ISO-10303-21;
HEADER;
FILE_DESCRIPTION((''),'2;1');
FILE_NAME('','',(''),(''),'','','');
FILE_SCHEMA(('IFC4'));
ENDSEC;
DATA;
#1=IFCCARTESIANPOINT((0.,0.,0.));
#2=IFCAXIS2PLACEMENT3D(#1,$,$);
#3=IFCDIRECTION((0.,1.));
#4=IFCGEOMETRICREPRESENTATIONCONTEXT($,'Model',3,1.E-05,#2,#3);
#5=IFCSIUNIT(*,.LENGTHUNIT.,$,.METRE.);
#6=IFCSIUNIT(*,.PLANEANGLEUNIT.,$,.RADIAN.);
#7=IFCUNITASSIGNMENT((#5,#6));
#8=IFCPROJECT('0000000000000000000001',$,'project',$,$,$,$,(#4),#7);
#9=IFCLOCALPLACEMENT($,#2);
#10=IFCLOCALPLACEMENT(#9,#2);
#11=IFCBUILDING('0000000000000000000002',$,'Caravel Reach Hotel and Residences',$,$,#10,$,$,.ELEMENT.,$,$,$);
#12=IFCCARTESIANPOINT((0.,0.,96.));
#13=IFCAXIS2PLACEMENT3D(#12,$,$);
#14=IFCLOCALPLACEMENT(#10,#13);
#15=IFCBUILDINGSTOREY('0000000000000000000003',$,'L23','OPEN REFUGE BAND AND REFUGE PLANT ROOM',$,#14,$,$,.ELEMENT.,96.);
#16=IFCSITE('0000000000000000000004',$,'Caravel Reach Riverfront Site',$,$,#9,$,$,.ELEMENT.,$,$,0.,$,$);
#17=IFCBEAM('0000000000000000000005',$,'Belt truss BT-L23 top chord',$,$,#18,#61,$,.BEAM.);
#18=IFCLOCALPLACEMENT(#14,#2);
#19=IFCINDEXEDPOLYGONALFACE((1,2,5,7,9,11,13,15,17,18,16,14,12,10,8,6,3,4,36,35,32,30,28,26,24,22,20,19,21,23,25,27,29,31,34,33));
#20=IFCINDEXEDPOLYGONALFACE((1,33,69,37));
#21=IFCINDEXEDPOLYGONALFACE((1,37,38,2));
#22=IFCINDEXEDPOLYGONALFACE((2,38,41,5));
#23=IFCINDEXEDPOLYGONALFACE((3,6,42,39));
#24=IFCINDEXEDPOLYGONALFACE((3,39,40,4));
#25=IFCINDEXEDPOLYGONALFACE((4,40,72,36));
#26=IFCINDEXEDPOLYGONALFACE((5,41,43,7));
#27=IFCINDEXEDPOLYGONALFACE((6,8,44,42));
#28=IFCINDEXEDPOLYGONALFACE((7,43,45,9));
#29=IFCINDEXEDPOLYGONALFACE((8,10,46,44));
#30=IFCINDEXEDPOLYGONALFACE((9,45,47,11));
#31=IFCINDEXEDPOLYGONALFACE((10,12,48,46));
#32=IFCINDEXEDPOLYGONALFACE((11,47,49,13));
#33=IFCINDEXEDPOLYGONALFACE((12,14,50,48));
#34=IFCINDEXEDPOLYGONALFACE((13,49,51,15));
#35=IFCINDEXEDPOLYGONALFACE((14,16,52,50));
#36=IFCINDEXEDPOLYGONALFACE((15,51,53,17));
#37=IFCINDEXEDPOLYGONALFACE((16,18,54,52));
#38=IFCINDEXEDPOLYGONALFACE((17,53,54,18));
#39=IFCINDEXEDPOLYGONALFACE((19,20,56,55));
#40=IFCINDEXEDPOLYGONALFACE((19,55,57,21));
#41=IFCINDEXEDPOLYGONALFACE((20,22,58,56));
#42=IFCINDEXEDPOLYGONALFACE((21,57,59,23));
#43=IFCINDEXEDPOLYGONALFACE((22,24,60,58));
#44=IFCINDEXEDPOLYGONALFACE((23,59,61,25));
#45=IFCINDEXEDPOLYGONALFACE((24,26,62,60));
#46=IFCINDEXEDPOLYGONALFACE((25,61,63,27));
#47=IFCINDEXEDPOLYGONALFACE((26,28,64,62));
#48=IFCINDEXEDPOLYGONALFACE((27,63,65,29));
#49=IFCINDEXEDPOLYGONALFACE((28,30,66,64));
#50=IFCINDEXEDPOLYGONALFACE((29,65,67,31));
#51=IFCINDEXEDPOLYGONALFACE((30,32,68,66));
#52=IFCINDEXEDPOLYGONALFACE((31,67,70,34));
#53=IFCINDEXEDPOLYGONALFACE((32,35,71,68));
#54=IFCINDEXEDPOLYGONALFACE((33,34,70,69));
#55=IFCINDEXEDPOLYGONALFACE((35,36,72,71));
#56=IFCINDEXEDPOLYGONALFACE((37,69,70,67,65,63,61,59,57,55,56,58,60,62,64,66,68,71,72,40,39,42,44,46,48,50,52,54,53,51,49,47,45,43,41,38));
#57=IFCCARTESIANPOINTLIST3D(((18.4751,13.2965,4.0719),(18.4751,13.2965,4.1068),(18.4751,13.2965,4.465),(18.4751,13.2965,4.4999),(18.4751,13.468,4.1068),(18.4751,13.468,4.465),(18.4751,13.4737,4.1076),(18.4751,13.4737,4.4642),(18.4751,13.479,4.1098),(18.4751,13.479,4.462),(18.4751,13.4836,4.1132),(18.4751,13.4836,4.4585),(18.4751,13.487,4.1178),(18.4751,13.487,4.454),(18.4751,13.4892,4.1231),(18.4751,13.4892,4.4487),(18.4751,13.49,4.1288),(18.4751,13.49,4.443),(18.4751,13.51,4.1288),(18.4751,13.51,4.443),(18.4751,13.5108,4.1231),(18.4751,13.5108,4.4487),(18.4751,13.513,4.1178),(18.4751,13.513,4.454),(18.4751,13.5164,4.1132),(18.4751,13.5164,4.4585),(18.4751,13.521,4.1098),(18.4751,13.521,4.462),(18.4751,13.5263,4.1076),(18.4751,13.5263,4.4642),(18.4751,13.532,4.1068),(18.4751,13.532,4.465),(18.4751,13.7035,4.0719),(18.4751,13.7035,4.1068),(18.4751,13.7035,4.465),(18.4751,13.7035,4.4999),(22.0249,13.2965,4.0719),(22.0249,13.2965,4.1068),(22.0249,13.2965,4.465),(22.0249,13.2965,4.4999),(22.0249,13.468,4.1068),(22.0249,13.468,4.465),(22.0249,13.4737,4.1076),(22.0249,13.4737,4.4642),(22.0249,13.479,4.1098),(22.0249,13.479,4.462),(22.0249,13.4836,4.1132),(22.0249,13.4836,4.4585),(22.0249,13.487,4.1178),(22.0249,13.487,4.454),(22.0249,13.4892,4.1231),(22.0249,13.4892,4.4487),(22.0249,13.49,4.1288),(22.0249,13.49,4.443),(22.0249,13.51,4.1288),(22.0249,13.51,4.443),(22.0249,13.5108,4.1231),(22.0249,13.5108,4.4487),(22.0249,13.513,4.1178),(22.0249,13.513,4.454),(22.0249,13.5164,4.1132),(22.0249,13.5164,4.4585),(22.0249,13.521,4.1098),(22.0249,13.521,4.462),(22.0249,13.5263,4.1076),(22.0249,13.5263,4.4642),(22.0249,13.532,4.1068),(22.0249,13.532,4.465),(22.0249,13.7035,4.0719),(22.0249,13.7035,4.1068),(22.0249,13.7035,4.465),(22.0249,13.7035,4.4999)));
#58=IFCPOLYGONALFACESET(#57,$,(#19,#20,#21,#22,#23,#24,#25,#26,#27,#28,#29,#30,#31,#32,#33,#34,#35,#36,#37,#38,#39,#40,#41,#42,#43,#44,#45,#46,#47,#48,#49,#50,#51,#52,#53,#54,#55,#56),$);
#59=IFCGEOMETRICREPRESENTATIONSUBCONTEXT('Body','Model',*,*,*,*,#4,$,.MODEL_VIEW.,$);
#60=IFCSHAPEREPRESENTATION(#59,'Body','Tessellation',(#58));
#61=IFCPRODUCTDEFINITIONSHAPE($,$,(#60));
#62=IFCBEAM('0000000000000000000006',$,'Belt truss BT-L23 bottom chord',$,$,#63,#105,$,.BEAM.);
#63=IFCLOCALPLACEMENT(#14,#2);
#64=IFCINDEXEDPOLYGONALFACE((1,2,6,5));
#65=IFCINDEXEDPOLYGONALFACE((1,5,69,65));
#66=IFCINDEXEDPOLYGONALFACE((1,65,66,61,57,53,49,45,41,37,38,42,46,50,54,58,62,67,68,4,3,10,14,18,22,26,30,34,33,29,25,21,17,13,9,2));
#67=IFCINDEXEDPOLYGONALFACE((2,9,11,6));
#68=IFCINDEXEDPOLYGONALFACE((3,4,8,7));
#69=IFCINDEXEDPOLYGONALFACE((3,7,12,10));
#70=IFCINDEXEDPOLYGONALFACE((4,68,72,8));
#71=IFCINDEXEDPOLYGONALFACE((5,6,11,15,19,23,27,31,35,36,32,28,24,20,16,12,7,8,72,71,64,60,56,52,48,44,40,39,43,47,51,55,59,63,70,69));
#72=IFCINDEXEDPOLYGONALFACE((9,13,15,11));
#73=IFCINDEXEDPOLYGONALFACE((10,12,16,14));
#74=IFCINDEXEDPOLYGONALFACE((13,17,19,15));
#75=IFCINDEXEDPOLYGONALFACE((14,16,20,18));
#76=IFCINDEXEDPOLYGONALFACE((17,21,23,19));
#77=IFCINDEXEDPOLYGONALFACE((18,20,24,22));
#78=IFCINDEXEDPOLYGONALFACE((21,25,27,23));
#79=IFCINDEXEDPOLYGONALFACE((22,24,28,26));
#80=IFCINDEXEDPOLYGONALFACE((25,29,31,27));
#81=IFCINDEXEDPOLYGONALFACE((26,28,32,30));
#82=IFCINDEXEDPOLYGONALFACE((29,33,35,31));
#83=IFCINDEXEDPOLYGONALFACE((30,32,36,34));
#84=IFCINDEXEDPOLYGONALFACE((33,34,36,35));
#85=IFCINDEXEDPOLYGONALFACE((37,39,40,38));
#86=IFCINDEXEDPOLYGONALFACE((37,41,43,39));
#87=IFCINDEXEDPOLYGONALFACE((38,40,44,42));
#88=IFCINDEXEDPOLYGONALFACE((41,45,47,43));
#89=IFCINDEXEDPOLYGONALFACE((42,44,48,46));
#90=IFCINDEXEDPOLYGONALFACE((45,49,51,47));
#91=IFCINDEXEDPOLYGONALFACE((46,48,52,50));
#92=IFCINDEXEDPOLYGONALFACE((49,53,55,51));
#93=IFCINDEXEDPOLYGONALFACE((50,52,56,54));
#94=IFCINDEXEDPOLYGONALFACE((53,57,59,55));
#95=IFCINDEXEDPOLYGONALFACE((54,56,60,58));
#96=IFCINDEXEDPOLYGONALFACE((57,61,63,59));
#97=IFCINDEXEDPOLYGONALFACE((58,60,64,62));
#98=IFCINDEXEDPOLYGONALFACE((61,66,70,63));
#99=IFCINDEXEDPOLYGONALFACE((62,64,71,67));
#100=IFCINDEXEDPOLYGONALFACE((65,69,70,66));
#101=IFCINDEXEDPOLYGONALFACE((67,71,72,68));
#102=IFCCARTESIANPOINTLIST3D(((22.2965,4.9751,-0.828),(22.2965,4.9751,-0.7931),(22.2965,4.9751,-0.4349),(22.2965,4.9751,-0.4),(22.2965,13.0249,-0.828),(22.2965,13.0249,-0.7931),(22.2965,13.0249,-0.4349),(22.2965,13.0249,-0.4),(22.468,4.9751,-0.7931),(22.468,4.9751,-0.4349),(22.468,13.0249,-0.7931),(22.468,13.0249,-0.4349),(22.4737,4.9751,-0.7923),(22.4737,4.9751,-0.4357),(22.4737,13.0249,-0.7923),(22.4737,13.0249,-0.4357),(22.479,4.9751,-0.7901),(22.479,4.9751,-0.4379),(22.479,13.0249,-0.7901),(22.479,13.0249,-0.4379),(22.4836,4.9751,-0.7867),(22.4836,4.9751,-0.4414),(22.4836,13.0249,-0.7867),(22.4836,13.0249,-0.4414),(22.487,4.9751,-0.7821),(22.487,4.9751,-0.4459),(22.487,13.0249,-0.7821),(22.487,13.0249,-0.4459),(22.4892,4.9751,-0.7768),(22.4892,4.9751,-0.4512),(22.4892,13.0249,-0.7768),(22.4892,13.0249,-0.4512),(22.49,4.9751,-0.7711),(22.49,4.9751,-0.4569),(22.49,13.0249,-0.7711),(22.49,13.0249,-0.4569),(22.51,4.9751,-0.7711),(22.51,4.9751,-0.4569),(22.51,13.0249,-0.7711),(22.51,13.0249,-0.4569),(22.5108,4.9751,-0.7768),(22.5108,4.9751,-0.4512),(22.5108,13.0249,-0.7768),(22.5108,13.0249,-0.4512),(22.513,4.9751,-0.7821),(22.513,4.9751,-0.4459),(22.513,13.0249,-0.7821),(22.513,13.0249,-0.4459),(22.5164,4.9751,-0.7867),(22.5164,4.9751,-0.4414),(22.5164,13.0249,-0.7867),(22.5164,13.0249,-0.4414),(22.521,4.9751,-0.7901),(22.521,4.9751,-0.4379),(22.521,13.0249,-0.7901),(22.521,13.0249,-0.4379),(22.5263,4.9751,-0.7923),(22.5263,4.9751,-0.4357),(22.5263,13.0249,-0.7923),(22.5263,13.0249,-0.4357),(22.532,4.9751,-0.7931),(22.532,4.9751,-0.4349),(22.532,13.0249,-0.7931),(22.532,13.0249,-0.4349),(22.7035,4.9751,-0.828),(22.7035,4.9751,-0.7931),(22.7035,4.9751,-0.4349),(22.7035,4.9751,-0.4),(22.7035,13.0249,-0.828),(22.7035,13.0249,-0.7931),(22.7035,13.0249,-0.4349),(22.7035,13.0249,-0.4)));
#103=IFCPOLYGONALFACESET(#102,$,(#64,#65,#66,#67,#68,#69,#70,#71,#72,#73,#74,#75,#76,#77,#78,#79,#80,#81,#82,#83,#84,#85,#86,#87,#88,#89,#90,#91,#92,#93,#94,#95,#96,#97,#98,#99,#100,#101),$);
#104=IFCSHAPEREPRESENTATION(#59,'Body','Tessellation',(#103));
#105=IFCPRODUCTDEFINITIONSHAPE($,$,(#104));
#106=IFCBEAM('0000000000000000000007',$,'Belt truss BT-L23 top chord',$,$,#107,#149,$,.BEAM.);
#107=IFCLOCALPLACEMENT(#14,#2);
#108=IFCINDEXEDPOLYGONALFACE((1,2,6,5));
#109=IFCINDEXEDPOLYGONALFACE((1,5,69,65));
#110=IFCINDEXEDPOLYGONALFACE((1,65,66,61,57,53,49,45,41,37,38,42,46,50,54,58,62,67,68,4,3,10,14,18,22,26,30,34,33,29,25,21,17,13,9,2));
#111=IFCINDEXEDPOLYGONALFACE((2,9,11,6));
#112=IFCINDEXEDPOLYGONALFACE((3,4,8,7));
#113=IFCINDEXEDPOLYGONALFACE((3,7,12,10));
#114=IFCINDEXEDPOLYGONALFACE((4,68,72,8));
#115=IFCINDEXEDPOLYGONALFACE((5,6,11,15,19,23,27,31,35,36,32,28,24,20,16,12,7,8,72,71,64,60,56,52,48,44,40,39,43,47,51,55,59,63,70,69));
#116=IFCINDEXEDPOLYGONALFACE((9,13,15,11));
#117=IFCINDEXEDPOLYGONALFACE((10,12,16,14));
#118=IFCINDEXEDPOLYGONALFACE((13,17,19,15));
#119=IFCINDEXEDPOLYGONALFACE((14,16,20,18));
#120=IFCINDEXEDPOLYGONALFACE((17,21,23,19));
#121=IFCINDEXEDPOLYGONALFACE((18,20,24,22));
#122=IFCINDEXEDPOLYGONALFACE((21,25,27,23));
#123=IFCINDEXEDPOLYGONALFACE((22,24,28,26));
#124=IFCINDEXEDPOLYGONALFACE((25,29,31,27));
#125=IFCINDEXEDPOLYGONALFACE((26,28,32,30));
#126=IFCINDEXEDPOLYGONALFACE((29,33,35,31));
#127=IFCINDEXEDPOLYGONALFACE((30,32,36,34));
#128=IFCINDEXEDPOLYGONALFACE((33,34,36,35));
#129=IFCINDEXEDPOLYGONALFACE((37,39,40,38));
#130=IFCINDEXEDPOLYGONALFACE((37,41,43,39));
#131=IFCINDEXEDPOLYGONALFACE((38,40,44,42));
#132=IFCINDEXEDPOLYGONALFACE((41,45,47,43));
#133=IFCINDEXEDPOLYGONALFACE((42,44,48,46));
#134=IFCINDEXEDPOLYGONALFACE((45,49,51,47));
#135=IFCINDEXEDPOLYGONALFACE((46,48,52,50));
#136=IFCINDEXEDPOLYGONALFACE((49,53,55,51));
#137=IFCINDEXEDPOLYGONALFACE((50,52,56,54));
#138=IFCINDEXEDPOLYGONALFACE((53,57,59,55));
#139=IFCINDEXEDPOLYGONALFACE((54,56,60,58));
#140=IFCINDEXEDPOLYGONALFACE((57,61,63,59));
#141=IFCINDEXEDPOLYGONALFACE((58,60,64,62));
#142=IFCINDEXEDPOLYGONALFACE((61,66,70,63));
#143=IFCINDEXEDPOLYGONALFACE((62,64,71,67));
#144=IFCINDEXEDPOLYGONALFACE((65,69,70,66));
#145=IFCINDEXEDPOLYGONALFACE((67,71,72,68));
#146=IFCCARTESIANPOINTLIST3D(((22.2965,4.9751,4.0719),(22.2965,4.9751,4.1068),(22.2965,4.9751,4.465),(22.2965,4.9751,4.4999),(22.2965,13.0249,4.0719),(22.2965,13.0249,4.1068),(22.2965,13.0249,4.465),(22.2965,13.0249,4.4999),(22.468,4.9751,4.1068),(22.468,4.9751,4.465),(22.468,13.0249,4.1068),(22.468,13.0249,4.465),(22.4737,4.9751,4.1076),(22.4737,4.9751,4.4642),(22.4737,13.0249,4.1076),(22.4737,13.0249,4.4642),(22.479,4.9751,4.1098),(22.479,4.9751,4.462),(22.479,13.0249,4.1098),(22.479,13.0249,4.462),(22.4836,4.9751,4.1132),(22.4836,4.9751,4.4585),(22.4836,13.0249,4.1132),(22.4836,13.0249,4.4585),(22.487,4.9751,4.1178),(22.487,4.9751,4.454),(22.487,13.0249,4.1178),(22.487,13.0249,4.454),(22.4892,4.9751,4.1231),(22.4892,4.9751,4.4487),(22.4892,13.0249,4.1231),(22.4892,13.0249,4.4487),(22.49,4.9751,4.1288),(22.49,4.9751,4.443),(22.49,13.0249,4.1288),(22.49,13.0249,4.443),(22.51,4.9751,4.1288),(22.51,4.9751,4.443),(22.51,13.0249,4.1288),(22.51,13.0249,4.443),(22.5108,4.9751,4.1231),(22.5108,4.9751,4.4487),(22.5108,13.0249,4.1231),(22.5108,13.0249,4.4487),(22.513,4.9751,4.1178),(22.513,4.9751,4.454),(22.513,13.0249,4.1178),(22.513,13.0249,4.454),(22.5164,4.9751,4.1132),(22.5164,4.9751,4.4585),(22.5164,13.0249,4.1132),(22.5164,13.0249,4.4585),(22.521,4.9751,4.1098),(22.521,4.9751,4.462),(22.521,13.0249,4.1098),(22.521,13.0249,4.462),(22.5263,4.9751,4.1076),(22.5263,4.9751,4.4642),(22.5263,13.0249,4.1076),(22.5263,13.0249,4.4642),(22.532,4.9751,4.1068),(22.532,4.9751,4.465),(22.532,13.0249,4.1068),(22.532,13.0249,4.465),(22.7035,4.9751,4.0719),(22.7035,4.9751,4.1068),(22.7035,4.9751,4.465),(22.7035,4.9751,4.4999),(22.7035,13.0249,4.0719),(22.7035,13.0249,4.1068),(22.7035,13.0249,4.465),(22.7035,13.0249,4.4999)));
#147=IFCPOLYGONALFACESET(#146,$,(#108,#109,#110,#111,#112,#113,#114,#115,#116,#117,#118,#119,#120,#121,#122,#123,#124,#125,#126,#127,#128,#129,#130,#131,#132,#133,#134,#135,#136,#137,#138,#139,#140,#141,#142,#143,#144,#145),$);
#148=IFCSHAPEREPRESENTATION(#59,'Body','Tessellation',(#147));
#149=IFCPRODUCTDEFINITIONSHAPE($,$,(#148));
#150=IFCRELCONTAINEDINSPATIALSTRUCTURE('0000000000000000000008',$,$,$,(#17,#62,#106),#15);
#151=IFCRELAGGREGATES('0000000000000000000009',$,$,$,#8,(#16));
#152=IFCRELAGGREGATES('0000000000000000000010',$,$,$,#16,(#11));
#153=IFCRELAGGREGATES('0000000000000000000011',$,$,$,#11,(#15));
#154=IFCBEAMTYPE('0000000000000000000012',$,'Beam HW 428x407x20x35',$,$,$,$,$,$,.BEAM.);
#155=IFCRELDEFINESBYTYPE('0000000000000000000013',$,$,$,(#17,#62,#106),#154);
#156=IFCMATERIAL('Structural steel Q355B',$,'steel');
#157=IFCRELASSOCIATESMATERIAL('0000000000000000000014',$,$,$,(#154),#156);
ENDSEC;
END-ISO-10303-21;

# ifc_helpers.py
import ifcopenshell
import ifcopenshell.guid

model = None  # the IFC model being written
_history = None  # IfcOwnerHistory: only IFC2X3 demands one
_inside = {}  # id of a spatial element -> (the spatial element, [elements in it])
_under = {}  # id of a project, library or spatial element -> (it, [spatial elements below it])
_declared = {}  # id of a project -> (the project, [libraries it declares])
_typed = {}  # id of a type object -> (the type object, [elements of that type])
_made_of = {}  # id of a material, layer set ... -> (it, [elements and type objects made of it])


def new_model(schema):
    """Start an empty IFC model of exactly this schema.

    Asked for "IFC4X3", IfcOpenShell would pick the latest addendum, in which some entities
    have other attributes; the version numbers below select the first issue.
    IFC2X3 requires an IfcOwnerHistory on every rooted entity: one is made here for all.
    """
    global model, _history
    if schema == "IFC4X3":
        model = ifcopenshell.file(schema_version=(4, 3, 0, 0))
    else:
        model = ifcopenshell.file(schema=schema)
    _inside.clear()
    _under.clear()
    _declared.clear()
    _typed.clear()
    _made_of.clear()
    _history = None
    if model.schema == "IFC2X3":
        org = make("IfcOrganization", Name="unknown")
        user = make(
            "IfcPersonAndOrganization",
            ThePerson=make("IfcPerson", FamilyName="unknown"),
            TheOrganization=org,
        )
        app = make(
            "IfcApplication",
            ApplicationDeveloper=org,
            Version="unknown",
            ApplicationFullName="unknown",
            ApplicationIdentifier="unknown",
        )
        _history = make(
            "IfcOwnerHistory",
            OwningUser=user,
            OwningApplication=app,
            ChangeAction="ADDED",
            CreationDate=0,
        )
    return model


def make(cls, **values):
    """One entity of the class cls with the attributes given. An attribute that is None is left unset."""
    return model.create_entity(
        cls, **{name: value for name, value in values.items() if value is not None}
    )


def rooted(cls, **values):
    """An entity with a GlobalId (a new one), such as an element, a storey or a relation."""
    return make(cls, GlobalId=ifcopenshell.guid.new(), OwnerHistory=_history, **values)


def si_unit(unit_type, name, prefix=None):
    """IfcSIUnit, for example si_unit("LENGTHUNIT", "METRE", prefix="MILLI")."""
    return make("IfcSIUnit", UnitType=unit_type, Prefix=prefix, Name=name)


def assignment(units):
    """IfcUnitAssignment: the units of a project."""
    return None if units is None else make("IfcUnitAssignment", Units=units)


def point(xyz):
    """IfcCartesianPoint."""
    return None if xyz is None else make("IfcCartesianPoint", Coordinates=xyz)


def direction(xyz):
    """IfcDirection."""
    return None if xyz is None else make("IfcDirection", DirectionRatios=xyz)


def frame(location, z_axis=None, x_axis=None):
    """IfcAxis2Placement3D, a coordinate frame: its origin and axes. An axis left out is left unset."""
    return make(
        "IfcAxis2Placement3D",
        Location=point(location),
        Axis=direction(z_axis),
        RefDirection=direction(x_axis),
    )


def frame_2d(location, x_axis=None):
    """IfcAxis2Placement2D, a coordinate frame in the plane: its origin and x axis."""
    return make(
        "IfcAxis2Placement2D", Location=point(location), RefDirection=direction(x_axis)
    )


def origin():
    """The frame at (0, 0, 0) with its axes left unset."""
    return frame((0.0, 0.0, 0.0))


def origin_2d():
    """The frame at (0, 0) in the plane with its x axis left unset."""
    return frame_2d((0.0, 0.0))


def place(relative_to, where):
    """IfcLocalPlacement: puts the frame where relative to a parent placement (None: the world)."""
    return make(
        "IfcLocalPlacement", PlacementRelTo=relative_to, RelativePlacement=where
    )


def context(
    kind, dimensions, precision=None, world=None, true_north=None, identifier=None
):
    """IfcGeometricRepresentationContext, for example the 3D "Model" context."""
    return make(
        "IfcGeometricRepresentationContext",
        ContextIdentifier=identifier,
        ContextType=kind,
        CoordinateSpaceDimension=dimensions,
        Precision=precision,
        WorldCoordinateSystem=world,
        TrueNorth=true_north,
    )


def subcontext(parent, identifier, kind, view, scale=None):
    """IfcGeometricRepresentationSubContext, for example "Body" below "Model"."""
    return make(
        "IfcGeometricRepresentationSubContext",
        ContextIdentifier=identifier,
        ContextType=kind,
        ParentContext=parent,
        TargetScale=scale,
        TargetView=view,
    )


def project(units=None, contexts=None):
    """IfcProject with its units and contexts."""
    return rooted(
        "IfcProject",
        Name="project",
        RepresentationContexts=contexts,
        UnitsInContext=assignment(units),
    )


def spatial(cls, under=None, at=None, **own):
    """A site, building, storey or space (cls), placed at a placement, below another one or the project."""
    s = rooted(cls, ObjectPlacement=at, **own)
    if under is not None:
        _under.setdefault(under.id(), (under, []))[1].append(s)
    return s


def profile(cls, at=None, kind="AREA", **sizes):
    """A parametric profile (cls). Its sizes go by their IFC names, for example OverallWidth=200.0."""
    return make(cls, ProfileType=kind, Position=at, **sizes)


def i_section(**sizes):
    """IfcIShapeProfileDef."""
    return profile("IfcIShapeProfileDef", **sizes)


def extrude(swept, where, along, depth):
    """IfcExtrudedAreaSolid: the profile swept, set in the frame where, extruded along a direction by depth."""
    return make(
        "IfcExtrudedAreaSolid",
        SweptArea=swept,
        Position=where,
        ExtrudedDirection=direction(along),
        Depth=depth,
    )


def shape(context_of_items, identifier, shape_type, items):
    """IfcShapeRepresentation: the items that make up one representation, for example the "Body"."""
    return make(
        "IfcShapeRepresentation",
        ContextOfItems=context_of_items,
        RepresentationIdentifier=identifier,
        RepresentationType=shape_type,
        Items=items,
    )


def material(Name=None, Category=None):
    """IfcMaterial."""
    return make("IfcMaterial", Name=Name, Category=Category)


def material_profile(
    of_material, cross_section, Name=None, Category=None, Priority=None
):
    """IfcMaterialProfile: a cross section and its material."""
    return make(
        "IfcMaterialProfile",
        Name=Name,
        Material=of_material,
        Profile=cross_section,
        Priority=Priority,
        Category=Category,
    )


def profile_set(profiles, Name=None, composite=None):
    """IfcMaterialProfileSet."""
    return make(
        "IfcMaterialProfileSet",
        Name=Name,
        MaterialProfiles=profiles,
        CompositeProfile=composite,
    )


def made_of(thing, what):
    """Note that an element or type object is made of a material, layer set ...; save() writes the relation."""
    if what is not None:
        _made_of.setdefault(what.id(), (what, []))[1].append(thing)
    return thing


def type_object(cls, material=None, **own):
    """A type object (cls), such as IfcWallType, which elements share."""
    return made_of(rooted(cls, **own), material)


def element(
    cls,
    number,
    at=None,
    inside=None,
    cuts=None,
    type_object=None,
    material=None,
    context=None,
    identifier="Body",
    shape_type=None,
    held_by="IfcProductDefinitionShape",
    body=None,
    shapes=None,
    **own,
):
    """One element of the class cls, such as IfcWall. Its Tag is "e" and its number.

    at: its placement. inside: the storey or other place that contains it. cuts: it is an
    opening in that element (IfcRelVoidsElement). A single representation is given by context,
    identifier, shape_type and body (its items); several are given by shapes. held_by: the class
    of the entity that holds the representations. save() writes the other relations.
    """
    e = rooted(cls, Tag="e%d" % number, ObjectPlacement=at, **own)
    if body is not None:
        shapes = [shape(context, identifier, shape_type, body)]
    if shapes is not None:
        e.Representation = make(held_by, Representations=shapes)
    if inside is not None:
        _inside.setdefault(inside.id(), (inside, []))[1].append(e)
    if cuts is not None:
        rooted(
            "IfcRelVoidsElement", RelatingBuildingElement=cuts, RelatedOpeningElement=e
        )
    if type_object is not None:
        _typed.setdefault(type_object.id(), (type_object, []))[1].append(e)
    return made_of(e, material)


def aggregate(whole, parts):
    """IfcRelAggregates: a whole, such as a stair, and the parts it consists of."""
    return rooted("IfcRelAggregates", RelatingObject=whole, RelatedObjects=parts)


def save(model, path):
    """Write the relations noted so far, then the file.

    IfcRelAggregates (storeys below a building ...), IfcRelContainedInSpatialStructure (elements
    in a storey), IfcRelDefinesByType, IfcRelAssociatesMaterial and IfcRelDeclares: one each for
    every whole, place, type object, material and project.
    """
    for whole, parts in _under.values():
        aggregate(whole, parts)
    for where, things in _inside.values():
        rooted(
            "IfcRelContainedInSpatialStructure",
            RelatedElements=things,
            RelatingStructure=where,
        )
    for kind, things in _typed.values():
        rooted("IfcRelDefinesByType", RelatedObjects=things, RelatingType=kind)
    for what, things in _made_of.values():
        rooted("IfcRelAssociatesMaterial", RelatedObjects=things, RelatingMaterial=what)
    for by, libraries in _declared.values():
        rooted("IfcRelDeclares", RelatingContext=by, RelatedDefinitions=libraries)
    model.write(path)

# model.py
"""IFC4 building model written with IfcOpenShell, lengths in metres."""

from ifc_helpers import new_model, si_unit, direction, frame, origin, origin_2d, place, context, subcontext, project, spatial, i_section, extrude, material, material_profile, profile_set, type_object, element, save


model = new_model("IFC4")

# Units and contexts
model_context = context("Model", 3, precision=1e-05, world=origin(), true_north=direction((0.0, 1.0)))
body_context = subcontext(model_context, "Body", "Model", "MODEL_VIEW")
ifc_project = project(units=[si_unit("LENGTHUNIT", "METRE"), si_unit("PLANEANGLEUNIT", "RADIAN")], contexts=[model_context])

# Site, building, storey
site_placement = place(None, origin())
site = spatial("IfcSite", under=ifc_project, at=site_placement, Name="Caravel Reach Riverfront Site", CompositionType="ELEMENT", RefElevation=0.0)
building_placement = place(site_placement, origin())
building = spatial("IfcBuilding", under=site, at=building_placement, Name="Caravel Reach Hotel and Residences", CompositionType="ELEMENT")
storey_placement = place(building_placement, frame((0.0, 0.0, 96.0)))
storey = spatial("IfcBuildingStorey", under=building, at=storey_placement, Name="L23", Description="OPEN REFUGE BAND AND REFUGE PLANT ROOM", CompositionType="ELEMENT", Elevation=96.0)

# Beams
ifc_material_1 = material(Name="Structural steel Q355B", Category="steel")
ifc_material_profile_1 = material_profile(ifc_material_1, i_section(OverallWidth=0.407, OverallDepth=0.428, WebThickness=0.02, FlangeThickness=0.0349, FilletRadius=0.022, at=origin_2d()), Name="HW 428x407x20x35")
ifc_profile_set_1 = profile_set([ifc_material_profile_1], Name="Structural steel Q355B")
beam_type_1 = type_object("IfcBeamType", Name="Beam HW 428x407x20x35", PredefinedType="BEAM", material=ifc_profile_set_1)
for number, where, z_axis, x_axis, name in (
    (1, (18.4751, 13.5, 4.2859), (1.0, 0.0, 0.0), (0.0, 1.0, 0.0), "Belt truss BT-L23 top chord"),
):
    element("IfcBeam", number, at=place(storey_placement, frame(where, z_axis=z_axis, x_axis=x_axis)), inside=storey, type_object=beam_type_1, Name=name, PredefinedType="BEAM", context=body_context, shape_type="SweptSolid", body=[
        extrude(i_section(OverallWidth=0.407, OverallDepth=0.428, WebThickness=0.02, FlangeThickness=0.0349, FilletRadius=0.022, at=origin_2d()), origin(), (0.0, 0.0, 1.0), 3.5498),
    ])
for number, where, z_axis, x_axis, name in (
    (2, (22.5, 13.0249, -0.614), (0.0, -1.0, 0.0), (1.0, 0.0, 0.0), "Belt truss BT-L23 bottom chord"),
    (3, (22.5, 13.0249, 4.2859), (0.0, -1.0, 0.0), (1.0, 0.0, 0.0), "Belt truss BT-L23 top chord"),
):
    element("IfcBeam", number, at=place(storey_placement, frame(where, z_axis=z_axis, x_axis=x_axis)), inside=storey, type_object=beam_type_1, Name=name, PredefinedType="BEAM", context=body_context, shape_type="SweptSolid", body=[
        extrude(i_section(OverallWidth=0.407, OverallDepth=0.428, WebThickness=0.02, FlangeThickness=0.0349, FilletRadius=0.022, at=origin_2d()), origin(), (0.0, 0.0, 1.0), 8.0498),
    ])

save(model, "model.ifc")
